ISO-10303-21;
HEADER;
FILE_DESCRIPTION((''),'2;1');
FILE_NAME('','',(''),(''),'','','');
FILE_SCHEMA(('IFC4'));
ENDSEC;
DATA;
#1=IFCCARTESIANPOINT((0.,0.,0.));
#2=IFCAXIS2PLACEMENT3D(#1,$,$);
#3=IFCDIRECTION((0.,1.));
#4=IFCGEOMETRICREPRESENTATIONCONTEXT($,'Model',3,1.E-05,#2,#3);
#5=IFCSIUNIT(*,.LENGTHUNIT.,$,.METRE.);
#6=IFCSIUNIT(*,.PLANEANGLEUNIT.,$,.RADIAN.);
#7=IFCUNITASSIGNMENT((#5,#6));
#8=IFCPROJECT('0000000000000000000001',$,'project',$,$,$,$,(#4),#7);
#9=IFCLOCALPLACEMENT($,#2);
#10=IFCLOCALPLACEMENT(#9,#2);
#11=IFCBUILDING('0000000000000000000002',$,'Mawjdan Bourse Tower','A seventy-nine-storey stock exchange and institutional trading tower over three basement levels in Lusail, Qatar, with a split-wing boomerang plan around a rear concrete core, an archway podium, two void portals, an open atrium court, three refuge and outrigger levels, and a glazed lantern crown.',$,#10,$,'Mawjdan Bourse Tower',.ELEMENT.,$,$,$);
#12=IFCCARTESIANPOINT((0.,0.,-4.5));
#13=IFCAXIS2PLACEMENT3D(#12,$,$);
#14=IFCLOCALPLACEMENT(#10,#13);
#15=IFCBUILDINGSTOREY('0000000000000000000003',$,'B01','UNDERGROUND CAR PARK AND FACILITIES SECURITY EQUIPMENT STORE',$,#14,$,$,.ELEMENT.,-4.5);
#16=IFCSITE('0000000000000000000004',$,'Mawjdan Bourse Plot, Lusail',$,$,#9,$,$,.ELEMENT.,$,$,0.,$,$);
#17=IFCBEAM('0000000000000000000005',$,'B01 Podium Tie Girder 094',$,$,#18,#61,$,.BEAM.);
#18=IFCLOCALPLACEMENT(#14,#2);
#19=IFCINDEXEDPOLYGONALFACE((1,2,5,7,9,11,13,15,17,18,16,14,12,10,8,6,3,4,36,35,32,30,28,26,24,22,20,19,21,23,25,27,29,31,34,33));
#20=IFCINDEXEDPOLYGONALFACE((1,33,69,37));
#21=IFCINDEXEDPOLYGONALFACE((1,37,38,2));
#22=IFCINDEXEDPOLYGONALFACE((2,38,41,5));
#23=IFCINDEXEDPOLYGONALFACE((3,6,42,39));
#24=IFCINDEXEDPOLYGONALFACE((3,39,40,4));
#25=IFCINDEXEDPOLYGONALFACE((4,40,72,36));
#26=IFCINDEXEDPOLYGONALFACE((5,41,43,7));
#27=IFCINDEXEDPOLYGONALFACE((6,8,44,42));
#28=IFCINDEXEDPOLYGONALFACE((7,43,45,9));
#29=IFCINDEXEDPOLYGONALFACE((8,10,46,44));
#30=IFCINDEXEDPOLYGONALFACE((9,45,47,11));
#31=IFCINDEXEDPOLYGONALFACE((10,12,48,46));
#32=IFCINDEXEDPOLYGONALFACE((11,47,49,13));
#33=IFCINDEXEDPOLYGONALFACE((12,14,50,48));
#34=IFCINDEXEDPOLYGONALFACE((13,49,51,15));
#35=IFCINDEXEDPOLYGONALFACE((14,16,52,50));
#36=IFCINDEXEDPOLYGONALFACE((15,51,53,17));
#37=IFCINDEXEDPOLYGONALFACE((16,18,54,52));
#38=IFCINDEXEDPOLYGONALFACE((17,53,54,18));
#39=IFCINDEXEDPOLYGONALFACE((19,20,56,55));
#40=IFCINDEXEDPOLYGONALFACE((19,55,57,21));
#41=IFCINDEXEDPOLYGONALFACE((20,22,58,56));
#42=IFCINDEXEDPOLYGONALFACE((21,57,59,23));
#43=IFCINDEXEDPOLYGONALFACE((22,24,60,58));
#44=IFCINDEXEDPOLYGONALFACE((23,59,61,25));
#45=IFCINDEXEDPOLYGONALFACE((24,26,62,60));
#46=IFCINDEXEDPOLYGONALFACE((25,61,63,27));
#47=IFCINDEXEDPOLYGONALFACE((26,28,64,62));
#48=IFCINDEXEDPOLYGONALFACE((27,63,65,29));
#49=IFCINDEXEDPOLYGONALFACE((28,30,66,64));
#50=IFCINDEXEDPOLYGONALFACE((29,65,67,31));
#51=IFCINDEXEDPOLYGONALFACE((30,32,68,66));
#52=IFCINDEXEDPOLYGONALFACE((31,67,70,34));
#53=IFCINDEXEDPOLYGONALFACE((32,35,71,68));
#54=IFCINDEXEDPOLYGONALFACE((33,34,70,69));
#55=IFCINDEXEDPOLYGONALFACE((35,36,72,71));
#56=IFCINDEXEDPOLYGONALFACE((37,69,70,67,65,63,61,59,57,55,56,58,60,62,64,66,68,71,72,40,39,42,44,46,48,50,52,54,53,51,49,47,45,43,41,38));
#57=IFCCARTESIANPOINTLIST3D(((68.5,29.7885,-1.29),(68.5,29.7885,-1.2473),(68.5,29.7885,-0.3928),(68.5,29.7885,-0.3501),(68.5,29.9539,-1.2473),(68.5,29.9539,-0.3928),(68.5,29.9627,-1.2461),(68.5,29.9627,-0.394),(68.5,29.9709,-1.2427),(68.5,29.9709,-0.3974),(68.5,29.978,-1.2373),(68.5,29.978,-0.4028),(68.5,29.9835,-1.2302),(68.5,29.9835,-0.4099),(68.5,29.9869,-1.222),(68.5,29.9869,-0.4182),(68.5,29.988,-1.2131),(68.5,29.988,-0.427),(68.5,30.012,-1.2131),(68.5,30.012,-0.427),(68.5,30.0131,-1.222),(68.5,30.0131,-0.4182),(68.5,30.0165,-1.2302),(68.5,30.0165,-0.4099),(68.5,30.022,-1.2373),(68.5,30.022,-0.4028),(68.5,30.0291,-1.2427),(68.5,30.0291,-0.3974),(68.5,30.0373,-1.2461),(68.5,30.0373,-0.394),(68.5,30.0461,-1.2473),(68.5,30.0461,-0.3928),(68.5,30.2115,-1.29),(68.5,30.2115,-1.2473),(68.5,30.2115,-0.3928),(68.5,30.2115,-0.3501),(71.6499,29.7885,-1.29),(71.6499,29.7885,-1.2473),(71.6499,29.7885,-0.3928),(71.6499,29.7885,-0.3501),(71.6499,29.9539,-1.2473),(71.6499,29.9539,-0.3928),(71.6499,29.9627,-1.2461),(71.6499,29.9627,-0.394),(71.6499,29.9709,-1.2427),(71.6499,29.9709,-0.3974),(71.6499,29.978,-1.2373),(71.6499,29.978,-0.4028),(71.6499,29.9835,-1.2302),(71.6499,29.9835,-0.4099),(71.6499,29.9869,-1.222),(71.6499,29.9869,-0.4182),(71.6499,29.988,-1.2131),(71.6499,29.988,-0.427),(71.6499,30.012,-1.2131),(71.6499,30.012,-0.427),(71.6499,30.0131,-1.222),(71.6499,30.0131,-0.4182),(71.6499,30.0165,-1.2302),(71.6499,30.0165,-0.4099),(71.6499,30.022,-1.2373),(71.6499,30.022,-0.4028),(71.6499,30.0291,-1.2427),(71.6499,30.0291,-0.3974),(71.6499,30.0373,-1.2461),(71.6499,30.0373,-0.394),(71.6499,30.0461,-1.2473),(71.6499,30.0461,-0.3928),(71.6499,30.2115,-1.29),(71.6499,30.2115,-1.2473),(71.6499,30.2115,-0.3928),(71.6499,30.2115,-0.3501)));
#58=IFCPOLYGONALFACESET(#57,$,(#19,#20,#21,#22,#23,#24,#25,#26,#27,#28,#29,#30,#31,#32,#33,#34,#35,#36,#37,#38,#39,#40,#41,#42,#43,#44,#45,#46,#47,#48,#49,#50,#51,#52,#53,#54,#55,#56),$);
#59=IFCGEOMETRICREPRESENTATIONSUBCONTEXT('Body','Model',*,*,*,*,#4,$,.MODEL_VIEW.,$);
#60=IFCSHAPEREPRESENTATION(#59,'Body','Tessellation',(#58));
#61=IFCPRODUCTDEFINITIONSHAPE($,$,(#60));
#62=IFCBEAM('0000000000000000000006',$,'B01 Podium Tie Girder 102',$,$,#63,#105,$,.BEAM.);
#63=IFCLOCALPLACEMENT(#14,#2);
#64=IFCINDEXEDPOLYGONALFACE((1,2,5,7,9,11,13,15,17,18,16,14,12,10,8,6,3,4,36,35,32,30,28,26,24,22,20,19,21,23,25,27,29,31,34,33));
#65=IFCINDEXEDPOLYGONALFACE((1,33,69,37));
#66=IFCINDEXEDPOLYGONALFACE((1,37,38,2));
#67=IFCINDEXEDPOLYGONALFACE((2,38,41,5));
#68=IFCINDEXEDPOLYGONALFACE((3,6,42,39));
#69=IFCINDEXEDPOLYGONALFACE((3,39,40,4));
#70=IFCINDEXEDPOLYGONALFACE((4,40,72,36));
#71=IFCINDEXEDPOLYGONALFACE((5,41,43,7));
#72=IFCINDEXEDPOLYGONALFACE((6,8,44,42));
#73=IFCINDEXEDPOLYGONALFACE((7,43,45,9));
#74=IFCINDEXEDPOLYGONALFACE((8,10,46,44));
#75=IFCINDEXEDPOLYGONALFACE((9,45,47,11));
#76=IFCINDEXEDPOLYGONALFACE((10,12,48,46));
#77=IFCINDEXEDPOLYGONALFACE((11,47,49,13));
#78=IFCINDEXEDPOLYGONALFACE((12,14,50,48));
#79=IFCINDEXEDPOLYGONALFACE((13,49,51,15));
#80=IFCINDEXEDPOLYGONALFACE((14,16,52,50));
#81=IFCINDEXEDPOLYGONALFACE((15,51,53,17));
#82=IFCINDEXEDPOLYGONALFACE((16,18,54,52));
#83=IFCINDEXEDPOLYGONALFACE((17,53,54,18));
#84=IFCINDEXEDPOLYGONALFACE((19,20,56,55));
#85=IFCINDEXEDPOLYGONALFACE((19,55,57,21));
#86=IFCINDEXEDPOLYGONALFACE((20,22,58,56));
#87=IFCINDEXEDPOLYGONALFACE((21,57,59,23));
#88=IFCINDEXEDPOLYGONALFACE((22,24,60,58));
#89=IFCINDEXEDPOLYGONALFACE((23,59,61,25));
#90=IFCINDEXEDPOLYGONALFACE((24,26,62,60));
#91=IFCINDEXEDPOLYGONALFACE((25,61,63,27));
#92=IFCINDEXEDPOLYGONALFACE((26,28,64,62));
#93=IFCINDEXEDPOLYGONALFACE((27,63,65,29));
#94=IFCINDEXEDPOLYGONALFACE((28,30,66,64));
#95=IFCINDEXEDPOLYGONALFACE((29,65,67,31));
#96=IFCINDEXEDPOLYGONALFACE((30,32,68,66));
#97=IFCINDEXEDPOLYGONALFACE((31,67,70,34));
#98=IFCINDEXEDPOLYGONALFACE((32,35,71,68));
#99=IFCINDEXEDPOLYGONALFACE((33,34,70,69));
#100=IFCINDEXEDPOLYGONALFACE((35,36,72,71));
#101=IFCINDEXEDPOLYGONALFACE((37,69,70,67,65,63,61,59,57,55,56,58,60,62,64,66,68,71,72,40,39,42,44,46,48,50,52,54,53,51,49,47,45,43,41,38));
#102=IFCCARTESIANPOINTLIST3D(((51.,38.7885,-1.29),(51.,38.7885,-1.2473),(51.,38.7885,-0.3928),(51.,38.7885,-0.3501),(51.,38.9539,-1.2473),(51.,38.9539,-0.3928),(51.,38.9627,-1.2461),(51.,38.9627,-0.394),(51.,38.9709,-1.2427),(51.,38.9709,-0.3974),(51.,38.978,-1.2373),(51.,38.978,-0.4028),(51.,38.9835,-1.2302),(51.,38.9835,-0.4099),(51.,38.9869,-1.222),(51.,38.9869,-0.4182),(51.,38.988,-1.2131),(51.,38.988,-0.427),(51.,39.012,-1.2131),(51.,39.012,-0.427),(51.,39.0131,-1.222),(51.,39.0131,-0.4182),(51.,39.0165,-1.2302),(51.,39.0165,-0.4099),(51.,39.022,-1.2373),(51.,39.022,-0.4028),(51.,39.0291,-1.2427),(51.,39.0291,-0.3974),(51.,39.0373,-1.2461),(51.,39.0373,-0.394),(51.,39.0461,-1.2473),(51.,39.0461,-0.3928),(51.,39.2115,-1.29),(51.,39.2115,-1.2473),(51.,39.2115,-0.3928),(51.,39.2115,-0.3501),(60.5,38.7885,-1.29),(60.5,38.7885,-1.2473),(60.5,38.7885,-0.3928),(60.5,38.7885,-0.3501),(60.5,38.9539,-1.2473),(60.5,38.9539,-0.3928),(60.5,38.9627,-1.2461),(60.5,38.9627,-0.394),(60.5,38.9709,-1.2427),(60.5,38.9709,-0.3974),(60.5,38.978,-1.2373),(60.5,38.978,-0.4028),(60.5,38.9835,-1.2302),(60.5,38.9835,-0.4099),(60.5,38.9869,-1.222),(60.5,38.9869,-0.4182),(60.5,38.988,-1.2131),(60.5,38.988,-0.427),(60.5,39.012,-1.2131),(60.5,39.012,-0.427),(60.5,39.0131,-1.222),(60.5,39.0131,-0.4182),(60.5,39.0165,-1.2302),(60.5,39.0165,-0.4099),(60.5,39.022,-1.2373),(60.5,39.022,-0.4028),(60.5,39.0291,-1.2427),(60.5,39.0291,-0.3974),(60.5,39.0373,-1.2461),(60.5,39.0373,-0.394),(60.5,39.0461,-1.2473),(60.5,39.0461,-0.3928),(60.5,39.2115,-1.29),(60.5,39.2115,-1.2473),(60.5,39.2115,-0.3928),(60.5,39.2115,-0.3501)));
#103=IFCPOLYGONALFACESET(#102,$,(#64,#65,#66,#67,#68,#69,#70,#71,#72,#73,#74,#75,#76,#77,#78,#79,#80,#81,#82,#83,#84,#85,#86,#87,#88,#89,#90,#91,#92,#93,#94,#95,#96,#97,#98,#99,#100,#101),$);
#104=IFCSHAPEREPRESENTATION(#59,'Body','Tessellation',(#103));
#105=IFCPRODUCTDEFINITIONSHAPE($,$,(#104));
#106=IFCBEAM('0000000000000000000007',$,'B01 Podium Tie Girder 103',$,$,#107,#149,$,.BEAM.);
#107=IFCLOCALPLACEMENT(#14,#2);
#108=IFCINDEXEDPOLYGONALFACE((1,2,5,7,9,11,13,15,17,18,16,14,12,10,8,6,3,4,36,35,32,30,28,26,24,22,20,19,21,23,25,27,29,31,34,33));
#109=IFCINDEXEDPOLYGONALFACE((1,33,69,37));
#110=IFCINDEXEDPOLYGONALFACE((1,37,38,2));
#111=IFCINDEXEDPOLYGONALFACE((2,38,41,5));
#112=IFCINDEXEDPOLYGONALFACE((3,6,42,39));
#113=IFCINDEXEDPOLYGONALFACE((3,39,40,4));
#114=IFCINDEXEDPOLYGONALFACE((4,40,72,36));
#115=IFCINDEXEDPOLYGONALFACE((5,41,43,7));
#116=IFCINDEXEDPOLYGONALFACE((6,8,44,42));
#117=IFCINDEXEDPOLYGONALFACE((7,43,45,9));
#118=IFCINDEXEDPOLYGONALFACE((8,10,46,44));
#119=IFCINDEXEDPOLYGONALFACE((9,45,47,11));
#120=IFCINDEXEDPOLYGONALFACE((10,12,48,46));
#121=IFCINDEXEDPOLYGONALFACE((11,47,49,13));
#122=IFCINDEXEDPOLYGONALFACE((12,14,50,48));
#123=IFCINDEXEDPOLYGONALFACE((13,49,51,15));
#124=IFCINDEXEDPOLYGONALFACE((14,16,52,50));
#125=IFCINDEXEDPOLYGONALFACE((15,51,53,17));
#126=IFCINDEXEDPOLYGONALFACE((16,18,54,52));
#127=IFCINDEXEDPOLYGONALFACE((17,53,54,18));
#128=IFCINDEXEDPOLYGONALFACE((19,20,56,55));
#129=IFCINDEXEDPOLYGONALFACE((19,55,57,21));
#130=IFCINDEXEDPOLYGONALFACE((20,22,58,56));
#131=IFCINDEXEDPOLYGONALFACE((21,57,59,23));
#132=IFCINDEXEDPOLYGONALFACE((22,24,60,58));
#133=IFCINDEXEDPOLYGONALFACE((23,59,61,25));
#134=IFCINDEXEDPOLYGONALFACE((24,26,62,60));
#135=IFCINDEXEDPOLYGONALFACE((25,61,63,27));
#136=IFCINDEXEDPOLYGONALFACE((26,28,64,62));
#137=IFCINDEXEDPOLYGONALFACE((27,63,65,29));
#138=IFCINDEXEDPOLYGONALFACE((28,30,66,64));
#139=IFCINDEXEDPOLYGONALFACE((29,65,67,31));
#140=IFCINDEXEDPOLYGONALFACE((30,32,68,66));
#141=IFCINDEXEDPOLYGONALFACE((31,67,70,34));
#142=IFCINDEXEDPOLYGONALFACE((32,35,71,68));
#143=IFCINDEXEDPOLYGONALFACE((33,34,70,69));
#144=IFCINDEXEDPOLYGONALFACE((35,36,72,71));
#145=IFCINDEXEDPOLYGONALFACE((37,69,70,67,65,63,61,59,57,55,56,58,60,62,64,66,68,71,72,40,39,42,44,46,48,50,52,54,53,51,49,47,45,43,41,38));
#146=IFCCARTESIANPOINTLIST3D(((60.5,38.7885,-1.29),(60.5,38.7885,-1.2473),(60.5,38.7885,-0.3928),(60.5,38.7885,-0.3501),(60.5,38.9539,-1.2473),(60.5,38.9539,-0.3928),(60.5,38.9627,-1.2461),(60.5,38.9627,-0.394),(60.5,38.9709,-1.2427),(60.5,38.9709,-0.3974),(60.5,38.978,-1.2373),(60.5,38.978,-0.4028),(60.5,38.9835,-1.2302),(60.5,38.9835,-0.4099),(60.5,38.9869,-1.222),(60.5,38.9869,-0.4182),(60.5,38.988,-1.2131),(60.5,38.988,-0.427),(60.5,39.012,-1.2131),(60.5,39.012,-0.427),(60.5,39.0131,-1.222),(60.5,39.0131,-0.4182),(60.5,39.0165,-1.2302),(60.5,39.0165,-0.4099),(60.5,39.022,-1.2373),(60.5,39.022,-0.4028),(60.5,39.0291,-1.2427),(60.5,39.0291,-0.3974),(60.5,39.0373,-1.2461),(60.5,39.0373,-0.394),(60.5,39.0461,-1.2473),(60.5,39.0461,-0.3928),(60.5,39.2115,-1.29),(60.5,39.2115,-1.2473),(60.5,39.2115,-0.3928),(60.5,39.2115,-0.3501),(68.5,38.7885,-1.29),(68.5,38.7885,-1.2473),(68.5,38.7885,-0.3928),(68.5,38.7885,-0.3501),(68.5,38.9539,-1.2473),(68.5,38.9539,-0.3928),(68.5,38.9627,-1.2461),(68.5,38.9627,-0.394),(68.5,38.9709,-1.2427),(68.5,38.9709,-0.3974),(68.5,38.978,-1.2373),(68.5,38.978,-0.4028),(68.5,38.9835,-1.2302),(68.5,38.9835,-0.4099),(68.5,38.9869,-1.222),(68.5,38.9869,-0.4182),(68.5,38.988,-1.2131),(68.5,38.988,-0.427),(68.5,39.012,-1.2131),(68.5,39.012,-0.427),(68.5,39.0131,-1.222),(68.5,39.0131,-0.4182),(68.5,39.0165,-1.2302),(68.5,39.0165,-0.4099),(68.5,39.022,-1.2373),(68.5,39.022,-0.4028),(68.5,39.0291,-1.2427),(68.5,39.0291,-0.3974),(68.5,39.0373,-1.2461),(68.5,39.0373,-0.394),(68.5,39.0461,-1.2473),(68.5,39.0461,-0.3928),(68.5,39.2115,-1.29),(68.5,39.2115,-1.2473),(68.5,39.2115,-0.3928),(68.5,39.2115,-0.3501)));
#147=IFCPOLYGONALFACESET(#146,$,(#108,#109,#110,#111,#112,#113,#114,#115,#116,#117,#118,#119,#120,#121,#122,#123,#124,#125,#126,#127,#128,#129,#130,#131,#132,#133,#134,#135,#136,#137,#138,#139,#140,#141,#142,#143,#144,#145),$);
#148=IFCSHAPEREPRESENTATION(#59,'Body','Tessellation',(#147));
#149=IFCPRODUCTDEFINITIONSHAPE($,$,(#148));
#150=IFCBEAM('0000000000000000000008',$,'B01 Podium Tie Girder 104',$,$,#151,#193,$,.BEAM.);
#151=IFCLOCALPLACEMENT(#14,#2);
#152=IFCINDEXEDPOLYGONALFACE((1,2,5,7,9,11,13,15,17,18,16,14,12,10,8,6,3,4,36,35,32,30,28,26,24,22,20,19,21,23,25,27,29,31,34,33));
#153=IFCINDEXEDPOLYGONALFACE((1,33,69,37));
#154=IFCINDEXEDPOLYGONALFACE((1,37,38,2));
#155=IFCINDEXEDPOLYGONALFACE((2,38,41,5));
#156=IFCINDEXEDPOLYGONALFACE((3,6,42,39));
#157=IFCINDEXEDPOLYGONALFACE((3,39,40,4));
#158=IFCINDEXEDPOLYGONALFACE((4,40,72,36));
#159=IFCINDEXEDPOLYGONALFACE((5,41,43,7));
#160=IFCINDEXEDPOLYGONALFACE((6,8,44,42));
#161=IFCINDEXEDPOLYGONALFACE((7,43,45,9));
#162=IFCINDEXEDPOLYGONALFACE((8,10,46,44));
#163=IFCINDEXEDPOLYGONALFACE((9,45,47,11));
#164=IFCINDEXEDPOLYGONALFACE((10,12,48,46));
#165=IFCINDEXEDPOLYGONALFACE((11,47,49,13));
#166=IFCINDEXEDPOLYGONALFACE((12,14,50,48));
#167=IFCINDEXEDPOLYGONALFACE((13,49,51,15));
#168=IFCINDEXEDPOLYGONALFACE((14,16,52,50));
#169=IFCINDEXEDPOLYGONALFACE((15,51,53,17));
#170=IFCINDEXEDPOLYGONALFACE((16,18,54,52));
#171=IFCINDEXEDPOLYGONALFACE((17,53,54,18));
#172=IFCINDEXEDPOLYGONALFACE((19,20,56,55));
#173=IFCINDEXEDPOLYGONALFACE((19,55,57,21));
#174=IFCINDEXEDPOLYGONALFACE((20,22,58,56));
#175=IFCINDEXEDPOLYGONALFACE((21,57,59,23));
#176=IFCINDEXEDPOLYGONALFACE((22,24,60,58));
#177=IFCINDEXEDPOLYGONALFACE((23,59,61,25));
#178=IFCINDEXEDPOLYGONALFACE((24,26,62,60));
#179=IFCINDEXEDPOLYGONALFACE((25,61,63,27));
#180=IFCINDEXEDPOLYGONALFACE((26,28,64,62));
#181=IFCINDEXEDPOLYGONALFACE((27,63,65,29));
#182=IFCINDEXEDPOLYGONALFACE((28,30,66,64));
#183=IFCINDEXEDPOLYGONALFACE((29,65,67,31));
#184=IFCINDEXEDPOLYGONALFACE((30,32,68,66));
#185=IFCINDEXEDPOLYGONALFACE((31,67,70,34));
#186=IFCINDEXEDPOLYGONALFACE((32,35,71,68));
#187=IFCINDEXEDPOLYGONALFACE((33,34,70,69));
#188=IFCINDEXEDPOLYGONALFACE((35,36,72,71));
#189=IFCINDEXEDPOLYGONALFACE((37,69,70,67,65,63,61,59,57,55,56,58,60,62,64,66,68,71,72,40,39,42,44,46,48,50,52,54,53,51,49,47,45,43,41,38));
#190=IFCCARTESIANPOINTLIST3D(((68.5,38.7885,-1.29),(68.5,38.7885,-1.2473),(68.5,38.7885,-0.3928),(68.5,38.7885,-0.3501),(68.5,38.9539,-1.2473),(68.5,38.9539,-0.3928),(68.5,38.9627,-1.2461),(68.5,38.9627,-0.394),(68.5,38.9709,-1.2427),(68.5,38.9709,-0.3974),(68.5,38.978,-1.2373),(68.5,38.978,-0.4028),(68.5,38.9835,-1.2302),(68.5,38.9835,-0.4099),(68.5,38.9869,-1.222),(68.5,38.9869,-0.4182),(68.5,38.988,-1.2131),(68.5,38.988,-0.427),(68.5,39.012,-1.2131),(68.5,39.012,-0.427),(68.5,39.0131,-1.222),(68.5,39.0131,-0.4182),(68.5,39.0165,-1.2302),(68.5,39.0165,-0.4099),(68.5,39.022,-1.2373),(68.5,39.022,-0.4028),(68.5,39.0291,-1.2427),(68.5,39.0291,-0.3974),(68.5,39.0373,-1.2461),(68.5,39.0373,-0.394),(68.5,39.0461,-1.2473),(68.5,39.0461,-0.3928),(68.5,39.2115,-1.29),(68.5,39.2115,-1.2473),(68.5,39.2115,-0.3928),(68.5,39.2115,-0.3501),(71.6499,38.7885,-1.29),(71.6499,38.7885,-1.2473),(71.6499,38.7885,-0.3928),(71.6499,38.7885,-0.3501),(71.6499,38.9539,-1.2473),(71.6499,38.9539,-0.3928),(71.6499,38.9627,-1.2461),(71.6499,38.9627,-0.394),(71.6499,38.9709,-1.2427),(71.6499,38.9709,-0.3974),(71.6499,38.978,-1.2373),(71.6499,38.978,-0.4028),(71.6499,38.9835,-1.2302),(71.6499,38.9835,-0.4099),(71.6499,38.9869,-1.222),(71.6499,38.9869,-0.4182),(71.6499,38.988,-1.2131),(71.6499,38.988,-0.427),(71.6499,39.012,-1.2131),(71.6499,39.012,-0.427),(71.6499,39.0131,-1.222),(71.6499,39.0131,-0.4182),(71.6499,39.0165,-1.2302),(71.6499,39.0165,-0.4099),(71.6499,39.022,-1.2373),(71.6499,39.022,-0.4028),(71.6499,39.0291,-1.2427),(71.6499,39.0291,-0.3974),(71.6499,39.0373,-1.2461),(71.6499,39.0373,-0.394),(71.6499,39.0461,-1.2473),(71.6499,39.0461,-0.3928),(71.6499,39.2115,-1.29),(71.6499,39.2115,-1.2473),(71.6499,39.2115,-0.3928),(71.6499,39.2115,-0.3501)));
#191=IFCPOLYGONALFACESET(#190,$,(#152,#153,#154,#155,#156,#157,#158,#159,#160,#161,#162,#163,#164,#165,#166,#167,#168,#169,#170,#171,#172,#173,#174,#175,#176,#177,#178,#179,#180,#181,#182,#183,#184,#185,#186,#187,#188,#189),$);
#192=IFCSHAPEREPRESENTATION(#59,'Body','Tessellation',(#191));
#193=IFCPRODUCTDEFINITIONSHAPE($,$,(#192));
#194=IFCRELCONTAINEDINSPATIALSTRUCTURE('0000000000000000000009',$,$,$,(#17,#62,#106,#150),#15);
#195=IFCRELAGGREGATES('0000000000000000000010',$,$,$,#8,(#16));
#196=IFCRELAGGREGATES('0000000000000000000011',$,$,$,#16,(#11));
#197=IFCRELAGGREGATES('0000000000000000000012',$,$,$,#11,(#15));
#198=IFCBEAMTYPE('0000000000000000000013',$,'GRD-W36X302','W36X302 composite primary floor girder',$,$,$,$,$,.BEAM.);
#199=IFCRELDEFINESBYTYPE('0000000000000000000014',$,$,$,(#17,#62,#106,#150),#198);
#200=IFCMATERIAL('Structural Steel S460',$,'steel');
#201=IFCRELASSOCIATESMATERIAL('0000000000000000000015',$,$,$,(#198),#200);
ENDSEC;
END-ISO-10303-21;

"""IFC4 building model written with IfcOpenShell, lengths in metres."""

from ifc_helpers import new_model, si_unit, direction, frame, origin, origin_2d, place, context, subcontext, project, spatial, i_section, extrude, material, material_profile, profile_set, type_object, element, save


model = new_model("IFC4")

# Units and contexts
model_context = context("Model", 3, precision=1e-05, world=origin(), true_north=direction((0.0, 1.0)))
body_context = subcontext(model_context, "Body", "Model", "MODEL_VIEW")
ifc_project = project(units=[si_unit("LENGTHUNIT", "METRE"), si_unit("PLANEANGLEUNIT", "RADIAN")], contexts=[model_context])

# Site, building, storey
site_placement = place(None, origin())
site = spatial("IfcSite", under=ifc_project, at=site_placement, Name="Mawjdan Bourse Plot, Lusail", CompositionType="ELEMENT", RefElevation=0.0)
building_placement = place(site_placement, origin())
building = spatial("IfcBuilding", under=site, at=building_placement, Name="Mawjdan Bourse Tower", Description="A seventy-nine-storey stock exchange and institutional trading tower over three basement levels in Lusail, Qatar, with a split-wing boomerang plan around a rear concrete core, an archway podium, two void portals, an open atrium court, three refuge and outrigger levels, and a glazed lantern crown.", LongName="Mawjdan Bourse Tower", CompositionType="ELEMENT")
storey_placement = place(building_placement, frame((0.0, 0.0, -4.5)))
storey = spatial("IfcBuildingStorey", under=building, at=storey_placement, Name="B01", Description="UNDERGROUND CAR PARK AND FACILITIES SECURITY EQUIPMENT STORE", CompositionType="ELEMENT", Elevation=-4.5)

# Beams
ifc_material_1 = material(Name="Structural Steel S460", Category="steel")
ifc_material_profile_1 = material_profile(ifc_material_1, i_section(OverallWidth=0.4231, OverallDepth=0.9399, WebThickness=0.0239, FlangeThickness=0.0427, FilletRadius=0.0342, at=origin_2d()), Name="W36X302")
ifc_profile_set_1 = profile_set([ifc_material_profile_1], Name="Structural Steel S460")
beam_type_1 = type_object("IfcBeamType", Name="GRD-W36X302", Description="W36X302 composite primary floor girder", PredefinedType="BEAM", material=ifc_profile_set_1)
beam_1_placement = place(storey_placement, frame((68.5, 30.0, -0.8201), z_axis=(1.0, 0.0, 0.0), x_axis=(0.0, 1.0, 0.0)))
element("IfcBeam", 1, at=beam_1_placement, inside=storey, type_object=beam_type_1, Name="B01 Podium Tie Girder 094", PredefinedType="BEAM", context=body_context, shape_type="SweptSolid", body=[
    extrude(i_section(OverallWidth=0.4231, OverallDepth=0.9399, WebThickness=0.0239, FlangeThickness=0.0427, FilletRadius=0.0342, at=origin_2d()), origin(), (0.0, 0.0, 1.0), 3.1499),
])
beam_2_placement = place(storey_placement, frame((51.0, 39.0, -0.8201), z_axis=(1.0, 0.0, 0.0), x_axis=(0.0, 1.0, 0.0)))
element("IfcBeam", 2, at=beam_2_placement, inside=storey, type_object=beam_type_1, Name="B01 Podium Tie Girder 102", PredefinedType="BEAM", context=body_context, shape_type="SweptSolid", body=[
    extrude(i_section(OverallWidth=0.4231, OverallDepth=0.9399, WebThickness=0.0239, FlangeThickness=0.0427, FilletRadius=0.0342, at=origin_2d()), origin(), (0.0, 0.0, 1.0), 9.5),
])
beam_3_placement = place(storey_placement, frame((60.5, 39.0, -0.8201), z_axis=(1.0, 0.0, 0.0), x_axis=(0.0, 1.0, 0.0)))
element("IfcBeam", 3, at=beam_3_placement, inside=storey, type_object=beam_type_1, Name="B01 Podium Tie Girder 103", PredefinedType="BEAM", context=body_context, shape_type="SweptSolid", body=[
    extrude(i_section(OverallWidth=0.4231, OverallDepth=0.9399, WebThickness=0.0239, FlangeThickness=0.0427, FilletRadius=0.0342, at=origin_2d()), origin(), (0.0, 0.0, 1.0), 8.0),
])
beam_4_placement = place(storey_placement, frame((68.5, 39.0, -0.8201), z_axis=(1.0, 0.0, 0.0), x_axis=(0.0, 1.0, 0.0)))
element("IfcBeam", 4, at=beam_4_placement, inside=storey, type_object=beam_type_1, Name="B01 Podium Tie Girder 104", PredefinedType="BEAM", context=body_context, shape_type="SweptSolid", body=[
    extrude(i_section(OverallWidth=0.4231, OverallDepth=0.9399, WebThickness=0.0239, FlangeThickness=0.0427, FilletRadius=0.0342, at=origin_2d()), origin(), (0.0, 0.0, 1.0), 3.1499),
])

save(model, "model.ifc")
